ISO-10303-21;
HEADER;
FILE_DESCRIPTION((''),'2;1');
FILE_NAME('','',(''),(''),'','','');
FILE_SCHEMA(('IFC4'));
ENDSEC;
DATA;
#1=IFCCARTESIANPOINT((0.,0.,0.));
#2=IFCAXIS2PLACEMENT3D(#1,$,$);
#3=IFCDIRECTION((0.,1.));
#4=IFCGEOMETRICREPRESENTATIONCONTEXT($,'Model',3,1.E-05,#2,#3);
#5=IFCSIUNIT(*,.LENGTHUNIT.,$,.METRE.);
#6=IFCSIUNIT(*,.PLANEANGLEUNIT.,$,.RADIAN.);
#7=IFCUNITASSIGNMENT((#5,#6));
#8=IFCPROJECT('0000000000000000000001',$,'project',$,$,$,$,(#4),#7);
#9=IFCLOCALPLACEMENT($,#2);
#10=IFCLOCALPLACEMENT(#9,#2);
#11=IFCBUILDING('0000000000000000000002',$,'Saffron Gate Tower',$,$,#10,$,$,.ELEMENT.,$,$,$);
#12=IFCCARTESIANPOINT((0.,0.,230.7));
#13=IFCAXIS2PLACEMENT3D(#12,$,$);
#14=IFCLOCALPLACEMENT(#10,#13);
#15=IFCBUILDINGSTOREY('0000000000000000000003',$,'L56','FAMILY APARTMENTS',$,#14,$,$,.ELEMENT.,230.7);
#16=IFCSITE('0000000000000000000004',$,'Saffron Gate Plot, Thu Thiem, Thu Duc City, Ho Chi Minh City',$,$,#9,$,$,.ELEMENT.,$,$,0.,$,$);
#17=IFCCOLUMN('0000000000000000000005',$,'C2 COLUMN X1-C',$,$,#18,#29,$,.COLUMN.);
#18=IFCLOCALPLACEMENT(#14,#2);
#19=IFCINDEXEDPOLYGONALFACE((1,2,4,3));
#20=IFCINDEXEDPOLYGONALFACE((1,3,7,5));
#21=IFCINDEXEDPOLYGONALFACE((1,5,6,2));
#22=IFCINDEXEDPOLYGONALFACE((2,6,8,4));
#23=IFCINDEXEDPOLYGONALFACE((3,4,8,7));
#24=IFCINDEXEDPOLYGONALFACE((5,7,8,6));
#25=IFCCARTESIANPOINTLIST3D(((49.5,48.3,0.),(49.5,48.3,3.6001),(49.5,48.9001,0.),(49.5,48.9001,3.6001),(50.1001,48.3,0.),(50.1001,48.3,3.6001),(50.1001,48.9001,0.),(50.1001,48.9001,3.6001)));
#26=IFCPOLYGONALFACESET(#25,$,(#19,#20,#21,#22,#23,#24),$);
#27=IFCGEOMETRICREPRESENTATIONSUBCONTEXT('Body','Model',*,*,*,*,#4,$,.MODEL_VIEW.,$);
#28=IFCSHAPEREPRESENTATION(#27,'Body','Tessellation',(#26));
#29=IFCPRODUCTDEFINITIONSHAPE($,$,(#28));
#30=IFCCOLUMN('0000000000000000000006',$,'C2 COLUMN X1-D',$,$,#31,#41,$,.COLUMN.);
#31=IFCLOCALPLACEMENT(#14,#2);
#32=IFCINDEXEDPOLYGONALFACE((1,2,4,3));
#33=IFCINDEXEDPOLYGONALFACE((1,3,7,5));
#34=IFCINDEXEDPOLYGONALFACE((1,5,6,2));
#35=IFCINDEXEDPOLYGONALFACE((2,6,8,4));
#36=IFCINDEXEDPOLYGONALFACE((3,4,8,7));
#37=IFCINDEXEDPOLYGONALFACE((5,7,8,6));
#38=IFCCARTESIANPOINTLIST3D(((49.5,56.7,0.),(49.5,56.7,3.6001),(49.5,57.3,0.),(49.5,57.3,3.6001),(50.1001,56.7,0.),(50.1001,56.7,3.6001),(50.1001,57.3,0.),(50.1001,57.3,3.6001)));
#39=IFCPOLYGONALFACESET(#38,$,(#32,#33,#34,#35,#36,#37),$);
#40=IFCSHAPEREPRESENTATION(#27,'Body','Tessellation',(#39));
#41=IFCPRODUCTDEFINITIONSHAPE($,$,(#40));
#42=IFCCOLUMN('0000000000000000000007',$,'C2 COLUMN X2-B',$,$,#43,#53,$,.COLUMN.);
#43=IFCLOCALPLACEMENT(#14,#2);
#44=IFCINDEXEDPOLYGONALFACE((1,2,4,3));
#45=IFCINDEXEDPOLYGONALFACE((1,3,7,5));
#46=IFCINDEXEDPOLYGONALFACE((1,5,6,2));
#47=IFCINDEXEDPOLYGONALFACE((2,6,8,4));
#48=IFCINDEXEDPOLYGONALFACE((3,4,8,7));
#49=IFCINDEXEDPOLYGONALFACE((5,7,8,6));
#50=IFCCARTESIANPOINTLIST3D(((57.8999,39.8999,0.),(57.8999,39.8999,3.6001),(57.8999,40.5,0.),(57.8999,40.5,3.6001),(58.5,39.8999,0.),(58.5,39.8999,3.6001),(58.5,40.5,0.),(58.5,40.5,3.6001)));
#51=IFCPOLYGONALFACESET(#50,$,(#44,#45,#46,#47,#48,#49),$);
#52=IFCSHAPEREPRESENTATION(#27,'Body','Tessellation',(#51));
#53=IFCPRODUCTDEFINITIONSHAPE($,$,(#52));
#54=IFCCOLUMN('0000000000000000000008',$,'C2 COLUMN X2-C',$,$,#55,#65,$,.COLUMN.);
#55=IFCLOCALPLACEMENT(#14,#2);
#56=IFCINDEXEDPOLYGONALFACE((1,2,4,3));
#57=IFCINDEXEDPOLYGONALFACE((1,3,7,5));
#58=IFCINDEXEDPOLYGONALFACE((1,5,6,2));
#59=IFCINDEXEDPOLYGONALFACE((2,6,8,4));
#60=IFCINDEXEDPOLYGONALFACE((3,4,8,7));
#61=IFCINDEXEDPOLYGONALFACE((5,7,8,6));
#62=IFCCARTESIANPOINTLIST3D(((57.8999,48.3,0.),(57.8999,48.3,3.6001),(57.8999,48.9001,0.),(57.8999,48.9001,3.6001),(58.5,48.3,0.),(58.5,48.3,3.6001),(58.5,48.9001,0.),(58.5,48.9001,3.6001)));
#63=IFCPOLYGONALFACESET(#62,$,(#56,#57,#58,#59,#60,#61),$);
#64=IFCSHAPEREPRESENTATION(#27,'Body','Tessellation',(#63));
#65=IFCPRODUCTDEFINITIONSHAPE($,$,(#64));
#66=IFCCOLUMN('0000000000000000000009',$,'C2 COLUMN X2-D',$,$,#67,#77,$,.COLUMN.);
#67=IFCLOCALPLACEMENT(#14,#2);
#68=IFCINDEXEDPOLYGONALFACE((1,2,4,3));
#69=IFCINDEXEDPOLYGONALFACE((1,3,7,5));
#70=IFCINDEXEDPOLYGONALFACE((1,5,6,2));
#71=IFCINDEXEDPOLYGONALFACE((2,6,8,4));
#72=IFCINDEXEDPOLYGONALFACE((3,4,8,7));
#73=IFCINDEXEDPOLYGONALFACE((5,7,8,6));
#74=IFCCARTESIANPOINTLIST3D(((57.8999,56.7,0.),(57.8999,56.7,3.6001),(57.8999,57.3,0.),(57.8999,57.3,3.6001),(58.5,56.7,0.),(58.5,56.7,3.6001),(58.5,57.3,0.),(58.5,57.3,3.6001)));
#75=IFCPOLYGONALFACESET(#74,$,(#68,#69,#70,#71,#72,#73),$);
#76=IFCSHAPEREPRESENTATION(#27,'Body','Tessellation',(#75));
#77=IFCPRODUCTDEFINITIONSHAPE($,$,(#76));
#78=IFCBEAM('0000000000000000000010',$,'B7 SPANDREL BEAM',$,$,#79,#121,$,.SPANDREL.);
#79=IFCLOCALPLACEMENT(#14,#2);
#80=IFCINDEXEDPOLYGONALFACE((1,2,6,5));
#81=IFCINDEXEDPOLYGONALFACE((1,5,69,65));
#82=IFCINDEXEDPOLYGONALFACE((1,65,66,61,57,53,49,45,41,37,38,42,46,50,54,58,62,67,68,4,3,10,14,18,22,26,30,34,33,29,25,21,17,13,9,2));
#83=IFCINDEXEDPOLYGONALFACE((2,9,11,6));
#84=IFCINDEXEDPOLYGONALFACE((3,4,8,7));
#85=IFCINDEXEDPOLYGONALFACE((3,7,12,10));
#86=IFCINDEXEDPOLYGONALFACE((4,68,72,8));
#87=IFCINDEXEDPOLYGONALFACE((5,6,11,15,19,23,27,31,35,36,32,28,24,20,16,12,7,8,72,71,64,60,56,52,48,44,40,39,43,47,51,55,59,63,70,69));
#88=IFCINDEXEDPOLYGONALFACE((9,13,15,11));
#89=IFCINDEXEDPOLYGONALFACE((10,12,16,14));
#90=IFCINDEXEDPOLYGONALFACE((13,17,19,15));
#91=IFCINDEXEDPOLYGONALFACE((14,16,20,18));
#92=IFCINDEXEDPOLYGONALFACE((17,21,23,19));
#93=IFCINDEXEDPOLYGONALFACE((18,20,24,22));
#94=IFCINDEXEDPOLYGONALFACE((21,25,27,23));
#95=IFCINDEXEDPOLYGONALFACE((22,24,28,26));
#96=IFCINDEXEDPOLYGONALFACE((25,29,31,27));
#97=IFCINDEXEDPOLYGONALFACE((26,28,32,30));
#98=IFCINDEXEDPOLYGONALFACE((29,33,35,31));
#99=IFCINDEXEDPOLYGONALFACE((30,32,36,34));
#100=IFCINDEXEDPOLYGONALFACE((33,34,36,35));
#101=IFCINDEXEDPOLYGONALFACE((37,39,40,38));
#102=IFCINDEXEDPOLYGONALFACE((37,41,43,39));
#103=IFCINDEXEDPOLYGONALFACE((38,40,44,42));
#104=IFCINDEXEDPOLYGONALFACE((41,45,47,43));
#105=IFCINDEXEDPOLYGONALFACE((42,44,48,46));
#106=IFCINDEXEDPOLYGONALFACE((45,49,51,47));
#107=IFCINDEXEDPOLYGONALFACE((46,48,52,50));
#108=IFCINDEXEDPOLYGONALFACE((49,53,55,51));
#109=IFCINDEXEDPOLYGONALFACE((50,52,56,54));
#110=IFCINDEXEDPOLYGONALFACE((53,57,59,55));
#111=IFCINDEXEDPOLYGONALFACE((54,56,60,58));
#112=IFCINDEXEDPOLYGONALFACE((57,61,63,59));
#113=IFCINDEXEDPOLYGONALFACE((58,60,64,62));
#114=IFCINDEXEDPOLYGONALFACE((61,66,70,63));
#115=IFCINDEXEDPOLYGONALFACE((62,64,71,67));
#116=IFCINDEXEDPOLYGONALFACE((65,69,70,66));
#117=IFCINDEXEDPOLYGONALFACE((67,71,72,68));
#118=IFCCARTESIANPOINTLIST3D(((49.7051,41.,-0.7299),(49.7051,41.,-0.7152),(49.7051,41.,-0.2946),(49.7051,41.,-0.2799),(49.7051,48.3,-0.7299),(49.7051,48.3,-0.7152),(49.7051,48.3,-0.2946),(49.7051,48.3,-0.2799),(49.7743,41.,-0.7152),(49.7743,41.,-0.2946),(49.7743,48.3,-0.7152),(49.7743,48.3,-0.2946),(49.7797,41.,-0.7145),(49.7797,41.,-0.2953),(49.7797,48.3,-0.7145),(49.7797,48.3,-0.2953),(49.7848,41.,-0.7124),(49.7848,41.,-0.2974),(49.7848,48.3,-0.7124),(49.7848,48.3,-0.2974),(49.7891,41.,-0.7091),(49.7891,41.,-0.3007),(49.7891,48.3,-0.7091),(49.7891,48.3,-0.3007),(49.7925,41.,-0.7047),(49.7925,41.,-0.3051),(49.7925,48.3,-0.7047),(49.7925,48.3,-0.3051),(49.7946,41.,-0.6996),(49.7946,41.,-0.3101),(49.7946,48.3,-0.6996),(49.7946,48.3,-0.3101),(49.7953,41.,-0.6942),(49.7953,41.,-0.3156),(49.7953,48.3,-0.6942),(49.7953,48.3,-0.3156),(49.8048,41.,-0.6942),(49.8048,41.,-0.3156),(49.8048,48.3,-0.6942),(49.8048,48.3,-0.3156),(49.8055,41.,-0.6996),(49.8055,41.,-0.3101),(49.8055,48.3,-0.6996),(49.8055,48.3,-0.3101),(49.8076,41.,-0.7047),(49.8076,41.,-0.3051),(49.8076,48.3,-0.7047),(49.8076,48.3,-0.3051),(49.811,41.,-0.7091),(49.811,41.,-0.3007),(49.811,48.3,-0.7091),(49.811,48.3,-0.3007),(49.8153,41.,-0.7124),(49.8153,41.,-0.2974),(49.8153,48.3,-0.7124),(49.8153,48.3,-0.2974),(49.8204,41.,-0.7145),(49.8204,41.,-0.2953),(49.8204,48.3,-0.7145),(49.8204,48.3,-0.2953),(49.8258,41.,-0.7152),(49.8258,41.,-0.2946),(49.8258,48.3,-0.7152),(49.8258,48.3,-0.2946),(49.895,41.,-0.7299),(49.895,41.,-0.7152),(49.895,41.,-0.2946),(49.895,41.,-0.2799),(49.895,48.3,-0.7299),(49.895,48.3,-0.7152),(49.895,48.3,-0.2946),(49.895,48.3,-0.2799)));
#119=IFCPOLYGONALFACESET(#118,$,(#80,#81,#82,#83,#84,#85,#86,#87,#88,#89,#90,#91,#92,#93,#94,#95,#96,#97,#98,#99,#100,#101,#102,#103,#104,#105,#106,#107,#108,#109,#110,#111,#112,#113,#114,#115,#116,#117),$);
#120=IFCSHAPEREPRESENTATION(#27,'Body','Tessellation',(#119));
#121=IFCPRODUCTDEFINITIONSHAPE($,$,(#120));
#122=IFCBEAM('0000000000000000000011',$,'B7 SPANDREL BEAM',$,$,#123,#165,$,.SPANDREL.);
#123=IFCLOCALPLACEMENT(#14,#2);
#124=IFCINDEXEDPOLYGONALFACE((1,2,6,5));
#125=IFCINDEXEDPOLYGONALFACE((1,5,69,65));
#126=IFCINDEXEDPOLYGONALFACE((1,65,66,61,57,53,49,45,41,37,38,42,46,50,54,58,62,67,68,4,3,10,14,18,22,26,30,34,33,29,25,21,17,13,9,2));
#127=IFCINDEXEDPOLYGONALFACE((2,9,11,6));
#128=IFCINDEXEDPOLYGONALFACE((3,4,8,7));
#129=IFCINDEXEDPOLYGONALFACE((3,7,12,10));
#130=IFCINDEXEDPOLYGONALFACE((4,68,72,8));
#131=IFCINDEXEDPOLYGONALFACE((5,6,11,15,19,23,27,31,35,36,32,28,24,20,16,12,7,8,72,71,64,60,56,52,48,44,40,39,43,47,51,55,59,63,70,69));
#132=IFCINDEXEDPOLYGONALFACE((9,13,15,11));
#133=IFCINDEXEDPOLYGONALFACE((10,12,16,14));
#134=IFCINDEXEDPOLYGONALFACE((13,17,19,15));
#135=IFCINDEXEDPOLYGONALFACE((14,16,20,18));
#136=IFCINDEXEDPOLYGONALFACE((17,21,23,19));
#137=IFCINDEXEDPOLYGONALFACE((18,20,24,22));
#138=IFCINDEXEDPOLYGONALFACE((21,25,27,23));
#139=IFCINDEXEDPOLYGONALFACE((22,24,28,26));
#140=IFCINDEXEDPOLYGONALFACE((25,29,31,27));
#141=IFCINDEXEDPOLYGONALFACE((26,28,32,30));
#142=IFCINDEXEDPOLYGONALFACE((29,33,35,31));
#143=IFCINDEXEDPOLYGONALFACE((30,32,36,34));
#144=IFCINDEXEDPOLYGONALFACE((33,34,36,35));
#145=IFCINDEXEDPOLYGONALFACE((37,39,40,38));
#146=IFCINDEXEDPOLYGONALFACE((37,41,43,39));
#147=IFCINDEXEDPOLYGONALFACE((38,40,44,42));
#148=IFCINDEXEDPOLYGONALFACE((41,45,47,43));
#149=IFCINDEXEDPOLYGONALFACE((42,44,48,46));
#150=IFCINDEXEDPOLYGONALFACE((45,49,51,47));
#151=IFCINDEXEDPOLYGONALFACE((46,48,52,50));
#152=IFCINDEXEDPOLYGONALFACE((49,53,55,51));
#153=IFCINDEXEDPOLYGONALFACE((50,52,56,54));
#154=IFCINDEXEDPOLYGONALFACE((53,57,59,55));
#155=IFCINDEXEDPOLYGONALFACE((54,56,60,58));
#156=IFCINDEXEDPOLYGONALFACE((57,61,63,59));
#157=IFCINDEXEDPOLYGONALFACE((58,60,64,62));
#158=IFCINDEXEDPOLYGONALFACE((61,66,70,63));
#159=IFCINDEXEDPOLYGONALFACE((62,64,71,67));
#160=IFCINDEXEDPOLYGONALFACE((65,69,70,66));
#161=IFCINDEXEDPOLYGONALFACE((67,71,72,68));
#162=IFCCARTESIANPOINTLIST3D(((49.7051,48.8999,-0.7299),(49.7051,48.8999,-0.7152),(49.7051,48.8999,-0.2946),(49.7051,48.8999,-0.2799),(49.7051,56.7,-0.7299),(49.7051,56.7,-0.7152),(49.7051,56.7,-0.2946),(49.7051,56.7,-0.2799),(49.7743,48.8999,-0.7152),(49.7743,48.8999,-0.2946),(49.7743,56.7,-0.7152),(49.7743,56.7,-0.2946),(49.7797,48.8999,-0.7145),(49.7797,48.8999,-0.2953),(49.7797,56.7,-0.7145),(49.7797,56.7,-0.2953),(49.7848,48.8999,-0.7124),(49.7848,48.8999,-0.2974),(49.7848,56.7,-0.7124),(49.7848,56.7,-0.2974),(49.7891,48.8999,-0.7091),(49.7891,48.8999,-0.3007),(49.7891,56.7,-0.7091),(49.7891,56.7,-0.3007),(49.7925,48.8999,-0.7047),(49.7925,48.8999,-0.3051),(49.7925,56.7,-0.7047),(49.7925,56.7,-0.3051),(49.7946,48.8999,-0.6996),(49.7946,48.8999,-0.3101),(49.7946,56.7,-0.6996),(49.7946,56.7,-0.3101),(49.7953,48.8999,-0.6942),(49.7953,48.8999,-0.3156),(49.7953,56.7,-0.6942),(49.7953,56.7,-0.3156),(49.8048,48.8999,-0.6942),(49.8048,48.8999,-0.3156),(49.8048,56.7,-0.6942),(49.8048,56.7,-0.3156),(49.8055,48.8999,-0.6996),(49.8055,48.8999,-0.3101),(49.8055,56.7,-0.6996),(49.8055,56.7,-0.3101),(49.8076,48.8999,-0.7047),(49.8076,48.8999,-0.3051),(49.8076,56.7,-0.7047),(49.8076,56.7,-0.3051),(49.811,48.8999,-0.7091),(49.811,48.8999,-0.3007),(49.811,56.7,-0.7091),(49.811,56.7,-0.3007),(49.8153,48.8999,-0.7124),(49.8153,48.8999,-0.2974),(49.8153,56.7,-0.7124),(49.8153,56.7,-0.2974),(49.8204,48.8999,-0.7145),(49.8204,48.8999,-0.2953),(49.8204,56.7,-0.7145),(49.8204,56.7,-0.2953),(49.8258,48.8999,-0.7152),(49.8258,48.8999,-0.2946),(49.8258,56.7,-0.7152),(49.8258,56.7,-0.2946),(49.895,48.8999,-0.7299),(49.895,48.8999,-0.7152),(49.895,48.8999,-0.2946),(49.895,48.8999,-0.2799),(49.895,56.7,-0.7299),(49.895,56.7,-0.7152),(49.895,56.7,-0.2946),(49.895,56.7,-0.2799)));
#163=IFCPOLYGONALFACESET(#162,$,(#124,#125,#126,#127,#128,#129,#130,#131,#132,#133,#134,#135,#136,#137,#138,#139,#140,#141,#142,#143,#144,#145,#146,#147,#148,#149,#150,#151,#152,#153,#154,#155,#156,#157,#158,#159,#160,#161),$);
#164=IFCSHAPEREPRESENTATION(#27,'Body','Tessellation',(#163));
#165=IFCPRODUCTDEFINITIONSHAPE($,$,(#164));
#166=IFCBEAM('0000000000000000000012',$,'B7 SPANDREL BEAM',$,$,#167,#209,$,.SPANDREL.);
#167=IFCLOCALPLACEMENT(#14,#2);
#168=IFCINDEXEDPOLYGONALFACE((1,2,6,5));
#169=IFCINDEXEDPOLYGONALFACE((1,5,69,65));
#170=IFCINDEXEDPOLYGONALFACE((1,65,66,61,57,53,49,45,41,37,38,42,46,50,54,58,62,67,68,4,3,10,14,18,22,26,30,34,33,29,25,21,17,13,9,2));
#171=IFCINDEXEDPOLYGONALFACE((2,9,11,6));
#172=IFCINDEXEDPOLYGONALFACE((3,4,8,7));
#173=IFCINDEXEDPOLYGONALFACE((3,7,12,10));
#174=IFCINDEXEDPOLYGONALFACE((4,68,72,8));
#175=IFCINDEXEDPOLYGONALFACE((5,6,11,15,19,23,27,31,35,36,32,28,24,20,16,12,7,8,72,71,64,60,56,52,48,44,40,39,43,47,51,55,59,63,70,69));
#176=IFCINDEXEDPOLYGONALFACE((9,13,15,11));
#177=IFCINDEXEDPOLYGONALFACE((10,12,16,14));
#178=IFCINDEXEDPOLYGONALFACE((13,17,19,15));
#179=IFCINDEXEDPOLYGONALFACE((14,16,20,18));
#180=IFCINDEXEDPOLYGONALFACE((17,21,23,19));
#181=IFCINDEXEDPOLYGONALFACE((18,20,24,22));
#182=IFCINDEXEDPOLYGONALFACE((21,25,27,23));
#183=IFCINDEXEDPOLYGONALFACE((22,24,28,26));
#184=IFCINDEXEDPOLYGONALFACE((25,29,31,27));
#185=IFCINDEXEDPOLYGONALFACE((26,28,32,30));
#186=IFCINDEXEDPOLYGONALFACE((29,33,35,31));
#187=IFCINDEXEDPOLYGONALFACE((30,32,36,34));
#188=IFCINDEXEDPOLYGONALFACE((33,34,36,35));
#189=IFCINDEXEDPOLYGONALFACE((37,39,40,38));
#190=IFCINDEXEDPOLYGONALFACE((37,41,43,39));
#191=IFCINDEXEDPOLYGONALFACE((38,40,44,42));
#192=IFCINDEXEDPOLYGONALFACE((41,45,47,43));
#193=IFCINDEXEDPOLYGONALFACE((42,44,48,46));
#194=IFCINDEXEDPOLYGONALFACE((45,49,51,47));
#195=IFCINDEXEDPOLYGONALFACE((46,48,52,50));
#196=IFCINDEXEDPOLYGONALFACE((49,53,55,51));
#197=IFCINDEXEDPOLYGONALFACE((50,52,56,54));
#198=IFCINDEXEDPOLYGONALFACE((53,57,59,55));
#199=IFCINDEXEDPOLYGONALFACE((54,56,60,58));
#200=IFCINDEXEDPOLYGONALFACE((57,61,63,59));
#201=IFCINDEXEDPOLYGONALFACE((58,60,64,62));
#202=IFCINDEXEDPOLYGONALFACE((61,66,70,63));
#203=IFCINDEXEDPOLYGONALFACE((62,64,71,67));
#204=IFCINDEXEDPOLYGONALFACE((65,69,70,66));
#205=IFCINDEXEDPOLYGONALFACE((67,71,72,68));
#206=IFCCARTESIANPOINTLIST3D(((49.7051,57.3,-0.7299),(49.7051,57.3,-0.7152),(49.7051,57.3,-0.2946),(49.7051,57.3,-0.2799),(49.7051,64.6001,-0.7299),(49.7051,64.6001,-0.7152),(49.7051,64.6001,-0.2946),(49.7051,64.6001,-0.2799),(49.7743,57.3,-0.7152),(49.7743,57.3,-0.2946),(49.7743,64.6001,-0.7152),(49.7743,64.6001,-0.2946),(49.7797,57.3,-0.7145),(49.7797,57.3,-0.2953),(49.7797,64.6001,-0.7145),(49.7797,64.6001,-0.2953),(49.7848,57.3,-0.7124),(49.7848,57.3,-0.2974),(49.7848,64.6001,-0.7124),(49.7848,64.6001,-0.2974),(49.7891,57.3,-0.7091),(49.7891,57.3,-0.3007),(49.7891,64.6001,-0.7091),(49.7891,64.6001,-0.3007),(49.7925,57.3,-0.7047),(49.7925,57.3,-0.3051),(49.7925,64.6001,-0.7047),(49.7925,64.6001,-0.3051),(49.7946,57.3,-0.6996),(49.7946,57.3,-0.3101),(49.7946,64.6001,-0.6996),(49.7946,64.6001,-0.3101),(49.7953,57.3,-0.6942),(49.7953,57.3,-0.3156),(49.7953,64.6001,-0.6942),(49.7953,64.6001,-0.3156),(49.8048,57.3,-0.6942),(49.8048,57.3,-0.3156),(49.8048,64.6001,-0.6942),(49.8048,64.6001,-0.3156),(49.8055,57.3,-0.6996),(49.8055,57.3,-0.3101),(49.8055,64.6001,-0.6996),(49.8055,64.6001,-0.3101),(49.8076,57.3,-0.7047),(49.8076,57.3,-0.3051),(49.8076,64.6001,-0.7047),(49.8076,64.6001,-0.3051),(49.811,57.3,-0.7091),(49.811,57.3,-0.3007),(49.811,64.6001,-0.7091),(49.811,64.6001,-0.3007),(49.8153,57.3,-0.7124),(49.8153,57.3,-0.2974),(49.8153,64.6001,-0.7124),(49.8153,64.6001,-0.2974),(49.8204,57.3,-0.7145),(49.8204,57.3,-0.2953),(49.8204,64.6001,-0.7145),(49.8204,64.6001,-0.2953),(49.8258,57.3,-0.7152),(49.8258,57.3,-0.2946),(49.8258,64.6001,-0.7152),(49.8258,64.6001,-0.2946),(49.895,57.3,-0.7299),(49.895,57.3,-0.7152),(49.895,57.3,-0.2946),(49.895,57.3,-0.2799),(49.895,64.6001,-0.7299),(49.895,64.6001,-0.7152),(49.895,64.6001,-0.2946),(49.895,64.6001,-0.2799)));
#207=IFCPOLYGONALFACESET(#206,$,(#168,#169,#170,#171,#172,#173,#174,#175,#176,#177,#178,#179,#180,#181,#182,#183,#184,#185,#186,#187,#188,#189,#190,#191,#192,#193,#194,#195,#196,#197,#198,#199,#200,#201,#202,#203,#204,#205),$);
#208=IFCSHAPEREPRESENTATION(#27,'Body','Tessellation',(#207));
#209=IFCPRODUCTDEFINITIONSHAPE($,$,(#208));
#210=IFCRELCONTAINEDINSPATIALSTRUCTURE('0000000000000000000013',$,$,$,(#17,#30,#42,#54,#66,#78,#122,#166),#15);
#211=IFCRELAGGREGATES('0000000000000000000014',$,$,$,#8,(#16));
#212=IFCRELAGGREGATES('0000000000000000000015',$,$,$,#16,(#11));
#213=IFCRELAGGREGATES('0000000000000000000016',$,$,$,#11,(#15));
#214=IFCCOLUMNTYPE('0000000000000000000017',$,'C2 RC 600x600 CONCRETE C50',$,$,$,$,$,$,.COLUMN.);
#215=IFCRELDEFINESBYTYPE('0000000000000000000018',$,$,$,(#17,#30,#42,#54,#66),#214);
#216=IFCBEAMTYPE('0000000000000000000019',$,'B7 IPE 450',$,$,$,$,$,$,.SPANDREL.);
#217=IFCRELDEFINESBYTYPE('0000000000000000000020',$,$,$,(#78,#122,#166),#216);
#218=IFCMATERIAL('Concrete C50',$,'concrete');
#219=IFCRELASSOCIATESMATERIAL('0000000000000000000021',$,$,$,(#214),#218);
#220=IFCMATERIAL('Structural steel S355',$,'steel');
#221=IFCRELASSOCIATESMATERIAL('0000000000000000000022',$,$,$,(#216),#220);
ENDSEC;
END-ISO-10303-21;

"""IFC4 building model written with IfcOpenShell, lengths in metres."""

from ifc_helpers import new_model, si_unit, direction, frame, origin, origin_2d, place, context, subcontext, project, spatial, rectangle, i_section, extrude, material, material_profile, profile_set, type_object, element, save


model = new_model("IFC4")

# Units and contexts
model_context = context("Model", 3, precision=1e-05, world=origin(), true_north=direction((0.0, 1.0)))
body_context = subcontext(model_context, "Body", "Model", "MODEL_VIEW")
ifc_project = project(units=[si_unit("LENGTHUNIT", "METRE"), si_unit("PLANEANGLEUNIT", "RADIAN")], contexts=[model_context])

# Site, building, storey
site_placement = place(None, origin())
site = spatial("IfcSite", under=ifc_project, at=site_placement, Name="Saffron Gate Plot, Thu Thiem, Thu Duc City, Ho Chi Minh City", CompositionType="ELEMENT", RefElevation=0.0)
building_placement = place(site_placement, origin())
building = spatial("IfcBuilding", under=site, at=building_placement, Name="Saffron Gate Tower", CompositionType="ELEMENT")
storey_placement = place(building_placement, frame((0.0, 0.0, 230.7)))
storey = spatial("IfcBuildingStorey", under=building, at=storey_placement, Name="L56", Description="FAMILY APARTMENTS", CompositionType="ELEMENT", Elevation=230.7)

# Columns
ifc_material_1 = material(Name="Concrete C50", Category="concrete")
ifc_material_profile_1 = material_profile(ifc_material_1, rectangle(XDim=0.6001, YDim=0.6001, at=origin_2d()))
ifc_profile_set_1 = profile_set([ifc_material_profile_1], Name="Concrete C50")
column_type = type_object("IfcColumnType", Name="C2 RC 600x600 CONCRETE C50", PredefinedType="COLUMN", material=ifc_profile_set_1)
for number, where, z_axis, x_axis, name in (
    (1, (49.8, 48.6001, 0.0), (0.0, 0.0, 1.0), (1.0, 0.0, 0.0), "C2 COLUMN X1-C"),
    (2, (49.8, 57.0, 0.0), (0.0, 0.0, 1.0), (1.0, 0.0, 0.0), "C2 COLUMN X1-D"),
    (3, (58.2, 40.2, 0.0), (0.0, 0.0, 1.0), (1.0, 0.0, 0.0), "C2 COLUMN X2-B"),
    (4, (58.2, 48.6001, 0.0), (0.0, 0.0, 1.0), (1.0, 0.0, 0.0), "C2 COLUMN X2-C"),
    (5, (58.2, 57.0, 0.0), (0.0, 0.0, 1.0), (1.0, 0.0, 0.0), "C2 COLUMN X2-D"),
):
    element("IfcColumn", number, at=place(storey_placement, frame(where, z_axis=z_axis, x_axis=x_axis)), inside=storey, type_object=column_type, Name=name, PredefinedType="COLUMN", context=body_context, shape_type="SweptSolid", body=[
        extrude(rectangle(XDim=0.6001, YDim=0.6001, at=origin_2d()), origin(), (0.0, 0.0, 1.0), 3.6001),
    ])

# Beams
ifc_material_2 = material(Name="Structural steel S355", Category="steel")
ifc_material_profile_2 = material_profile(ifc_material_2, i_section(OverallWidth=0.1899, OverallDepth=0.45, WebThickness=0.0095, FlangeThickness=0.0146, FilletRadius=0.021, at=origin_2d()))
ifc_profile_set_2 = profile_set([ifc_material_profile_2], Name="Structural steel S355")
beam_type = type_object("IfcBeamType", Name="B7 IPE 450", PredefinedType="SPANDREL", material=ifc_profile_set_2)
beam_1_placement = place(storey_placement, frame((49.8, 41.0, -0.5049), z_axis=(0.0, 1.0, 0.0), x_axis=(-1.0, 0.0, 0.0)))
element("IfcBeam", 6, at=beam_1_placement, inside=storey, type_object=beam_type, Name="B7 SPANDREL BEAM", PredefinedType="SPANDREL", context=body_context, shape_type="SweptSolid", body=[
    extrude(i_section(OverallWidth=0.1899, OverallDepth=0.45, WebThickness=0.0095, FlangeThickness=0.0146, FilletRadius=0.021, at=origin_2d()), origin(), (0.0, 0.0, 1.0), 7.3),
])
beam_2_placement = place(storey_placement, frame((49.8, 48.8999, -0.5049), z_axis=(0.0, 1.0, 0.0), x_axis=(-1.0, 0.0, 0.0)))
element("IfcBeam", 7, at=beam_2_placement, inside=storey, type_object=beam_type, Name="B7 SPANDREL BEAM", PredefinedType="SPANDREL", context=body_context, shape_type="SweptSolid", body=[
    extrude(i_section(OverallWidth=0.1899, OverallDepth=0.45, WebThickness=0.0095, FlangeThickness=0.0146, FilletRadius=0.021, at=origin_2d()), origin(), (0.0, 0.0, 1.0), 7.8),
])
beam_3_placement = place(storey_placement, frame((49.8, 57.3, -0.5049), z_axis=(0.0, 1.0, 0.0), x_axis=(-1.0, 0.0, 0.0)))
element("IfcBeam", 8, at=beam_3_placement, inside=storey, type_object=beam_type, Name="B7 SPANDREL BEAM", PredefinedType="SPANDREL", context=body_context, shape_type="SweptSolid", body=[
    extrude(i_section(OverallWidth=0.1899, OverallDepth=0.45, WebThickness=0.0095, FlangeThickness=0.0146, FilletRadius=0.021, at=origin_2d()), origin(), (0.0, 0.0, 1.0), 7.3),
])

save(model, "model.ifc")
